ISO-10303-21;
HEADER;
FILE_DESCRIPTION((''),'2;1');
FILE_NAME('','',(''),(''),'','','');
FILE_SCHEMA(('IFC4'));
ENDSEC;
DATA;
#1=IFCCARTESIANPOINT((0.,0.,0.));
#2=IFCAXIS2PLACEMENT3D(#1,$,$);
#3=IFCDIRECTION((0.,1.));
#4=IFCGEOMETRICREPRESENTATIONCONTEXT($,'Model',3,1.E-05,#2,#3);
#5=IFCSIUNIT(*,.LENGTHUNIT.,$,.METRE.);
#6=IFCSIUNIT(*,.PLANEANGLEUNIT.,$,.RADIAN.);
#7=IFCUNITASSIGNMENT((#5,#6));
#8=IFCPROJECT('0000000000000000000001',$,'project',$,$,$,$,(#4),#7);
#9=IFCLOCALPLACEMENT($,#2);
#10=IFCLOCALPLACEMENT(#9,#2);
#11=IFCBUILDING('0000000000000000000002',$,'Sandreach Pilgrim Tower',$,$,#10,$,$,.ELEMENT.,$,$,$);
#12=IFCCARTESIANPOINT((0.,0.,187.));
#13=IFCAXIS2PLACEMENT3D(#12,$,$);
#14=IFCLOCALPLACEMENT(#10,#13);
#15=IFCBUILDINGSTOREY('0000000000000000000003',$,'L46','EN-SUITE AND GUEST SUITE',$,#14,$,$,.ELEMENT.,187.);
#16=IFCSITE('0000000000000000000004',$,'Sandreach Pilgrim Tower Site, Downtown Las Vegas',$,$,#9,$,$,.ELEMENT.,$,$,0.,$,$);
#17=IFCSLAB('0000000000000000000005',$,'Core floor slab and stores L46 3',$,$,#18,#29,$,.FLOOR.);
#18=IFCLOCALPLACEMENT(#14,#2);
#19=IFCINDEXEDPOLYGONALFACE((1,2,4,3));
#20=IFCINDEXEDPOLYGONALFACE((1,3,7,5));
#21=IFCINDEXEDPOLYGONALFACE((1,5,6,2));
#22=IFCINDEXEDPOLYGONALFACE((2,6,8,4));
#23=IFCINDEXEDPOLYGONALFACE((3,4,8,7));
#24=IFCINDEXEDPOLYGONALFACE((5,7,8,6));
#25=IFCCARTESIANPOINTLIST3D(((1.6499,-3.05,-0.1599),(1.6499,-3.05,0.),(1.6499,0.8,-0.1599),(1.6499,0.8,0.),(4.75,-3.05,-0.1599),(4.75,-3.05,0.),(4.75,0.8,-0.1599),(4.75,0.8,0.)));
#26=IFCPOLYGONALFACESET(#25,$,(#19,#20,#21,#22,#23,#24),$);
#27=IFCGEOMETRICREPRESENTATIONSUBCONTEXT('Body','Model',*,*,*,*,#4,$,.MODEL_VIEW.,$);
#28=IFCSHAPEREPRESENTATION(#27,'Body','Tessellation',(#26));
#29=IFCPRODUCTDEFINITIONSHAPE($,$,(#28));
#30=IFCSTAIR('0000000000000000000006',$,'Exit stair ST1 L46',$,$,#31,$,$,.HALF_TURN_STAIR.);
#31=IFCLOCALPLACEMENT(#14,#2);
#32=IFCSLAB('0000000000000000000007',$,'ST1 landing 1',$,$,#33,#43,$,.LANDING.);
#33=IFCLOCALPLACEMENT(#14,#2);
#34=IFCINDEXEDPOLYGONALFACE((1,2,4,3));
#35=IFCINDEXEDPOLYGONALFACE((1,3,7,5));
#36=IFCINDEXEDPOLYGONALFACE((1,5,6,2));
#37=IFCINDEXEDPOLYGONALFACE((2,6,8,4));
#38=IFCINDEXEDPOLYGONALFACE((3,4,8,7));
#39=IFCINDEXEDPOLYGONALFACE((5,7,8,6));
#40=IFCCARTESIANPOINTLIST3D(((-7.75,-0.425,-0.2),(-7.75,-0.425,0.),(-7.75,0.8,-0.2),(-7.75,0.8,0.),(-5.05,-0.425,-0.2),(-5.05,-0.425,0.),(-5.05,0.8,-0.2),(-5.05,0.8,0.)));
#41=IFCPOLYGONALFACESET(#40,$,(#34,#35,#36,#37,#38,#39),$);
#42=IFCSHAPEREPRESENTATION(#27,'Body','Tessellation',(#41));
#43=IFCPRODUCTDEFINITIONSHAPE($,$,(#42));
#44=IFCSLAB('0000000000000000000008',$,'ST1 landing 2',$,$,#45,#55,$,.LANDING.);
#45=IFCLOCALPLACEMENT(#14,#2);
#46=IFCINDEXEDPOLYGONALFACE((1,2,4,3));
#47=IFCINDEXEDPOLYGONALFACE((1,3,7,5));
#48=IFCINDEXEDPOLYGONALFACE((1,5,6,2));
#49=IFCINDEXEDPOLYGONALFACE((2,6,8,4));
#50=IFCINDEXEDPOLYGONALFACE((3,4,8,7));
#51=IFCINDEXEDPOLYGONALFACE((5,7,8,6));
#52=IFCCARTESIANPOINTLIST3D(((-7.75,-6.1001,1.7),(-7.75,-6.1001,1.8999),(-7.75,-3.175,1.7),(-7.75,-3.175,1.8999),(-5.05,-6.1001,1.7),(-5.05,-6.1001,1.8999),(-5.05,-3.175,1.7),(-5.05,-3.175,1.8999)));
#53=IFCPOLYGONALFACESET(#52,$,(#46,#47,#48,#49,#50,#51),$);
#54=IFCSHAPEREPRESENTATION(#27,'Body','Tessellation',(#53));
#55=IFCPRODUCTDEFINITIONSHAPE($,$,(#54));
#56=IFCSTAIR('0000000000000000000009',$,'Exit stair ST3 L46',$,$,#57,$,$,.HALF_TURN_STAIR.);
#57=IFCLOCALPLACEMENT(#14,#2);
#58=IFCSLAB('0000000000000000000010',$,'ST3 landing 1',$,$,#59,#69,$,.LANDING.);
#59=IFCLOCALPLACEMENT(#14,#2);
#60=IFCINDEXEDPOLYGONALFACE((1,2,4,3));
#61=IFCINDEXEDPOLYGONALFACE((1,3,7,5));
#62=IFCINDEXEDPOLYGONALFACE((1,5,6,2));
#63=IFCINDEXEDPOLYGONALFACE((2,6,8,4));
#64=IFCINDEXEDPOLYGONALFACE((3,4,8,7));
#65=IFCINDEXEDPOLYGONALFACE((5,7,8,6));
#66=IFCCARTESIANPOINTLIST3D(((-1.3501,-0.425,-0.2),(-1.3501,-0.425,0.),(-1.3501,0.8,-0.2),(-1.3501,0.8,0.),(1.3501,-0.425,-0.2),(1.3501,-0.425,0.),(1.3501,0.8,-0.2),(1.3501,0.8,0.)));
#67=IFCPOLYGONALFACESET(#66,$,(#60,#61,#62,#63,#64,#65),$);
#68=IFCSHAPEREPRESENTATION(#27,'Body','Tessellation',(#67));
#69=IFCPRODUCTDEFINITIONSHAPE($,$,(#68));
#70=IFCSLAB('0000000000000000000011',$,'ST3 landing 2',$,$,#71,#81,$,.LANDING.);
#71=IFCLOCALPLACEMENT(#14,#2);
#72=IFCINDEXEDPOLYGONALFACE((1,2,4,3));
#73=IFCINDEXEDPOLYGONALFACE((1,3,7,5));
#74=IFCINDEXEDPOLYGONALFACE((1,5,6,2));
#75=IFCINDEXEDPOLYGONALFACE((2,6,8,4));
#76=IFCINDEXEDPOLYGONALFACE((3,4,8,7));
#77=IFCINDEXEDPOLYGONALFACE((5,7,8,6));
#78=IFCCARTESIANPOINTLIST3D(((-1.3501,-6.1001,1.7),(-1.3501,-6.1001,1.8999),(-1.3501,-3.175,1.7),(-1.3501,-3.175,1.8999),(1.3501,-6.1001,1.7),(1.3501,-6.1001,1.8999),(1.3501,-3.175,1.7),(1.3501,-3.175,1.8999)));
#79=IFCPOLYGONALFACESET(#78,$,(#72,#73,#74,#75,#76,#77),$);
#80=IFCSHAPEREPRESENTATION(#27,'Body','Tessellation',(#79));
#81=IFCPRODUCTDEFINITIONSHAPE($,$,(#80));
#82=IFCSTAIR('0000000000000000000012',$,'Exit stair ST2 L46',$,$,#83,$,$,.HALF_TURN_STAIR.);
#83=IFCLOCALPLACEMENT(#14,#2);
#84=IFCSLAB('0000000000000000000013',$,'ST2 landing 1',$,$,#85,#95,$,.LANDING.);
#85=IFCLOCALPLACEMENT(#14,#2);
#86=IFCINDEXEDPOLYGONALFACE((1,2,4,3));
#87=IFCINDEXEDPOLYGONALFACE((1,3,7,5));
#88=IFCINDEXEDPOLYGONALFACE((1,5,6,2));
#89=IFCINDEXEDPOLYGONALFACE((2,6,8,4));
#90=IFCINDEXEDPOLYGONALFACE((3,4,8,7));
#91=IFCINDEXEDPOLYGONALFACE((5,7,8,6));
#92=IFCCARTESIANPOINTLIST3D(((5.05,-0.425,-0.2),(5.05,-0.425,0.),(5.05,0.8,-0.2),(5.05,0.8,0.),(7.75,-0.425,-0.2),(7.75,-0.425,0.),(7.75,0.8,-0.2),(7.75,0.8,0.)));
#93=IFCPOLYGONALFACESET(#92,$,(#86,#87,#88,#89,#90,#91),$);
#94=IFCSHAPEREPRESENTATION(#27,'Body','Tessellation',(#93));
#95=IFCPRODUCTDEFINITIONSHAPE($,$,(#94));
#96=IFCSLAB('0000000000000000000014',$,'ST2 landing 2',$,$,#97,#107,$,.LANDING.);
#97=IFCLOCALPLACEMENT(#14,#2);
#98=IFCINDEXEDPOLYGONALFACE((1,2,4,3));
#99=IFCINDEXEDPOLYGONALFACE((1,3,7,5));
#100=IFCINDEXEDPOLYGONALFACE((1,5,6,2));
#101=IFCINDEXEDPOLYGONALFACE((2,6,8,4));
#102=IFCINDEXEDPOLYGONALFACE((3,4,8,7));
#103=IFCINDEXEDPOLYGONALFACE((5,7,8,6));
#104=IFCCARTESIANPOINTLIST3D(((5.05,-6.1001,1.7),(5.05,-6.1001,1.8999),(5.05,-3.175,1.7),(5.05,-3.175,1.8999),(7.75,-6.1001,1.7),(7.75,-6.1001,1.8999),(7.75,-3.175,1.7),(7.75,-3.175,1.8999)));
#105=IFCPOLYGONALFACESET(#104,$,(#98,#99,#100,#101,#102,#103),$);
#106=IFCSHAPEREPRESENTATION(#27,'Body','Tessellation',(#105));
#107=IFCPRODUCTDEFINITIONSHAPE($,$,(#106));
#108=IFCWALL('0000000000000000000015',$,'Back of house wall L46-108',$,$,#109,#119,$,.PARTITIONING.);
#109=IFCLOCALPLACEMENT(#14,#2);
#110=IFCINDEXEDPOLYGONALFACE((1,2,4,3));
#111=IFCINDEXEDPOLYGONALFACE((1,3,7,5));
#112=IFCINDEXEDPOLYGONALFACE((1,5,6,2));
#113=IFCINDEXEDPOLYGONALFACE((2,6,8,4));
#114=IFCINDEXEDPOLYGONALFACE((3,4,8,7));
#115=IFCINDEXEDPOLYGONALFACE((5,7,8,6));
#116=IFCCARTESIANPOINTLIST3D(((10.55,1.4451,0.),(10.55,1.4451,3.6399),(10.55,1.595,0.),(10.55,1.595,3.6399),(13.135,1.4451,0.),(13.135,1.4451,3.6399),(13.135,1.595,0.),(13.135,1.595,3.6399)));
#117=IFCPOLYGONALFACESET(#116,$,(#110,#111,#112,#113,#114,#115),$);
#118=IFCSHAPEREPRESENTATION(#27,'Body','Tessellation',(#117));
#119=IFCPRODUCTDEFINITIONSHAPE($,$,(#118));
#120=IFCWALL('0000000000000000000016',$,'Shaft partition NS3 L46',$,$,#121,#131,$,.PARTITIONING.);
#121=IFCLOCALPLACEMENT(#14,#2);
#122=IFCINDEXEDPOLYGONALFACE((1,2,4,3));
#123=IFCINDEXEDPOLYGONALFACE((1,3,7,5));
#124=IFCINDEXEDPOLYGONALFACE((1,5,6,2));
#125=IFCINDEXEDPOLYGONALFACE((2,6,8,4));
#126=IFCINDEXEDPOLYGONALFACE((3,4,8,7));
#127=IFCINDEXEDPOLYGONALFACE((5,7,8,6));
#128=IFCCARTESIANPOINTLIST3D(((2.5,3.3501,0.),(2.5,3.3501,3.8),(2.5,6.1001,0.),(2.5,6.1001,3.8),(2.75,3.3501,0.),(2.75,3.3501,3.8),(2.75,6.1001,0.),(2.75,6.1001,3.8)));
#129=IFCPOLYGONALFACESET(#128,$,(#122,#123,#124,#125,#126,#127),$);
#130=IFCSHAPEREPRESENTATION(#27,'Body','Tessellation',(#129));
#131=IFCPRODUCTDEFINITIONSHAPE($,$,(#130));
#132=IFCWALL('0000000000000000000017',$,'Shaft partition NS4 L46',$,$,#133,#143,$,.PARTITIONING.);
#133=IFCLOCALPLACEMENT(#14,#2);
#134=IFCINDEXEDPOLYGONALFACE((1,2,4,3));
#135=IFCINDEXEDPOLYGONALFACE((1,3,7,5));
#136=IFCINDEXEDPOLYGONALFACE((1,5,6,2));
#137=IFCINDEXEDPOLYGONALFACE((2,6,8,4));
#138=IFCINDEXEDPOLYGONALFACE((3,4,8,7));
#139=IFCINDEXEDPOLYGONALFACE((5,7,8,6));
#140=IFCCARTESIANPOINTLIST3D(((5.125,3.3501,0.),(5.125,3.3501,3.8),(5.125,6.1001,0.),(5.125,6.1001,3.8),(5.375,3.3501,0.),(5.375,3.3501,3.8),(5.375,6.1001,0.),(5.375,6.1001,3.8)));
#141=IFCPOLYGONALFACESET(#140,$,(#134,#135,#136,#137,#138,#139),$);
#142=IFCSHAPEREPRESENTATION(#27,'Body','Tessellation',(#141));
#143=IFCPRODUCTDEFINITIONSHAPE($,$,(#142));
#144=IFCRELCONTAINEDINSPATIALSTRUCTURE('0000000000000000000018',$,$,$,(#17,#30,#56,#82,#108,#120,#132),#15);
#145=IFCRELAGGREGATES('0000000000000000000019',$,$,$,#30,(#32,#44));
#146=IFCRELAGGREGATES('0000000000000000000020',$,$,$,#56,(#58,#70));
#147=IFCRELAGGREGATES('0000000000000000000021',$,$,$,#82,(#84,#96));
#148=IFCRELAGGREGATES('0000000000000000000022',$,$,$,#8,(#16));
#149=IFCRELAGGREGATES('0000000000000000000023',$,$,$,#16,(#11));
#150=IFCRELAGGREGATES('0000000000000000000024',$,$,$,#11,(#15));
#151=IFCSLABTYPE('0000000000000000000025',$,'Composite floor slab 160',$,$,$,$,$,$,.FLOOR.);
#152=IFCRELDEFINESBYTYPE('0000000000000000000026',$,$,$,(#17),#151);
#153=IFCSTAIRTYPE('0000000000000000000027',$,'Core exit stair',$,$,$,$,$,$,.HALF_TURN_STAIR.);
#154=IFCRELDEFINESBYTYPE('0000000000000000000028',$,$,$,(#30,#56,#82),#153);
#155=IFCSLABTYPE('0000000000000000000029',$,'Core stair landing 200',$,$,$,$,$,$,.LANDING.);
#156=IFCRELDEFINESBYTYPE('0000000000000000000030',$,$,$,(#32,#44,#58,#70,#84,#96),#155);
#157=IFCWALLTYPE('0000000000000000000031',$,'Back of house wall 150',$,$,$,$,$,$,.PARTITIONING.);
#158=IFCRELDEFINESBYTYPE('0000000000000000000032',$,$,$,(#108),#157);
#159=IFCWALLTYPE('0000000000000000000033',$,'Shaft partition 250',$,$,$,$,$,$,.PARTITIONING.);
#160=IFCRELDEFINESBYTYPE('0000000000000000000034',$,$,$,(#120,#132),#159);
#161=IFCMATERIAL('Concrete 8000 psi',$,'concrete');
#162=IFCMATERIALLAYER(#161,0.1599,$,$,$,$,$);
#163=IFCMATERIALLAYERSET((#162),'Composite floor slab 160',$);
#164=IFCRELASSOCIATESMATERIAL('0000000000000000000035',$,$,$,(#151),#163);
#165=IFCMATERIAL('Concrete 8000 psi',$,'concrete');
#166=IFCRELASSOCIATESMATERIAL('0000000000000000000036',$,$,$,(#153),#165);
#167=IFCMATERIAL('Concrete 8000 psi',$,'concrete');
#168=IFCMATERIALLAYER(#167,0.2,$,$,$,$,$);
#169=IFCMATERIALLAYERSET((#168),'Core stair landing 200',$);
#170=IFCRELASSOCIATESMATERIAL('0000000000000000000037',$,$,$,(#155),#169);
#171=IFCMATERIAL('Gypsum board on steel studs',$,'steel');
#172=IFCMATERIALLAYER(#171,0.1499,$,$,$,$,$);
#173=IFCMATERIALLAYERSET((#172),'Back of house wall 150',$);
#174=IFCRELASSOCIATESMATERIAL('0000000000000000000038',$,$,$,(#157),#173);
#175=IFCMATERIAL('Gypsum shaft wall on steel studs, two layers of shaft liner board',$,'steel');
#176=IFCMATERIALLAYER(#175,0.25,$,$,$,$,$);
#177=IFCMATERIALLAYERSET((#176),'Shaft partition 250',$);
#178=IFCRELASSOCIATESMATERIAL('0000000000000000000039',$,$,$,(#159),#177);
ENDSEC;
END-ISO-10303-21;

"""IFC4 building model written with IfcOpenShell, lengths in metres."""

from ifc_helpers import new_model, si_unit, direction, frame, frame_2d, origin, place, context, subcontext, project, spatial, polyline, rectangle, outline, extrude, material, layer, layer_set, type_object, element, aggregate, save


model = new_model("IFC4")

# Units and contexts
model_context = context("Model", 3, precision=1e-05, world=origin(), true_north=direction((0.0, 1.0)))
body_context = subcontext(model_context, "Body", "Model", "MODEL_VIEW")
ifc_project = project(units=[si_unit("LENGTHUNIT", "METRE"), si_unit("PLANEANGLEUNIT", "RADIAN")], contexts=[model_context])

# Site, building, storey
site_placement = place(None, origin())
site = spatial("IfcSite", under=ifc_project, at=site_placement, Name="Sandreach Pilgrim Tower Site, Downtown Las Vegas", CompositionType="ELEMENT", RefElevation=0.0)
building_placement = place(site_placement, origin())
building = spatial("IfcBuilding", under=site, at=building_placement, Name="Sandreach Pilgrim Tower", CompositionType="ELEMENT")
storey_placement = place(building_placement, frame((0.0, 0.0, 187.0)))
storey = spatial("IfcBuildingStorey", under=building, at=storey_placement, Name="L46", Description="EN-SUITE AND GUEST SUITE", CompositionType="ELEMENT", Elevation=187.0)

# Slab
ifc_material_1 = material(Name="Concrete 8000 psi", Category="concrete")
ifc_layer_1 = layer(ifc_material_1, 0.1599)
ifc_layer_set_1 = layer_set([ifc_layer_1], Name="Composite floor slab 160")
slab_type_1 = type_object("IfcSlabType", Name="Composite floor slab 160", PredefinedType="FLOOR", material=ifc_layer_set_1)
slab_1_placement = place(storey_placement, frame((0.0, 0.0, -0.1599)))
element("IfcSlab", 1, at=slab_1_placement, inside=storey, type_object=slab_type_1, Name="Core floor slab and stores L46 3", PredefinedType="FLOOR", context=body_context, shape_type="SweptSolid", body=[
    extrude(outline(polyline([(4.75, -3.05), (1.6499, -3.05), (1.6499, 0.8), (4.75, 0.8), (4.75, -3.05)])), origin(), (0.0, 0.0, 1.0), 0.1599),
])

# Stairs, slabs
ifc_material_2 = material(Name="Concrete 8000 psi", Category="concrete")
stair_type = type_object("IfcStairType", Name="Core exit stair", PredefinedType="HALF_TURN_STAIR", material=ifc_material_2)
stair_1_placement = place(storey_placement, origin())
stair_1 = element("IfcStair", 2, at=stair_1_placement, inside=storey, type_object=stair_type, Name="Exit stair ST1 L46", PredefinedType="HALF_TURN_STAIR")
ifc_material_3 = material(Name="Concrete 8000 psi", Category="concrete")
ifc_layer_2 = layer(ifc_material_3, 0.2)
ifc_layer_set_2 = layer_set([ifc_layer_2], Name="Core stair landing 200")
slab_type_2 = type_object("IfcSlabType", Name="Core stair landing 200", PredefinedType="LANDING", material=ifc_layer_set_2)
slab_2_placement = place(storey_placement, frame((0.0, 0.0, -0.2)))
slab_2 = element("IfcSlab", 3, at=slab_2_placement, type_object=slab_type_2, Name="ST1 landing 1", PredefinedType="LANDING", context=body_context, shape_type="SweptSolid", body=[
    extrude(outline(polyline([(-7.75, -0.425), (-5.05, -0.425), (-5.05, 0.8), (-7.75, 0.8), (-7.75, -0.425)])), origin(), (0.0, 0.0, 1.0), 0.2),
])
slab_3_placement = place(storey_placement, frame((0.0, 0.0, 1.7)))
slab_3 = element("IfcSlab", 4, at=slab_3_placement, type_object=slab_type_2, Name="ST1 landing 2", PredefinedType="LANDING", context=body_context, shape_type="SweptSolid", body=[
    extrude(outline(polyline([(-7.75, -6.1001), (-5.05, -6.1001), (-5.05, -3.175), (-7.75, -3.175), (-7.75, -6.1001)])), origin(), (0.0, 0.0, 1.0), 0.2),
])
aggregate(stair_1, [slab_2, slab_3])
stair_2_placement = place(storey_placement, origin())
stair_2 = element("IfcStair", 5, at=stair_2_placement, inside=storey, type_object=stair_type, Name="Exit stair ST3 L46", PredefinedType="HALF_TURN_STAIR")
slab_4_placement = place(storey_placement, frame((0.0, 0.0, -0.2)))
slab_4 = element("IfcSlab", 6, at=slab_4_placement, type_object=slab_type_2, Name="ST3 landing 1", PredefinedType="LANDING", context=body_context, shape_type="SweptSolid", body=[
    extrude(outline(polyline([(-1.3501, -0.425), (1.3501, -0.425), (1.3501, 0.8), (-1.3501, 0.8), (-1.3501, -0.425)])), origin(), (0.0, 0.0, 1.0), 0.2),
])
slab_5_placement = place(storey_placement, frame((0.0, 0.0, 1.7)))
slab_5 = element("IfcSlab", 7, at=slab_5_placement, type_object=slab_type_2, Name="ST3 landing 2", PredefinedType="LANDING", context=body_context, shape_type="SweptSolid", body=[
    extrude(outline(polyline([(-1.3501, -6.1001), (1.3501, -6.1001), (1.3501, -3.175), (-1.3501, -3.175), (-1.3501, -6.1001)])), origin(), (0.0, 0.0, 1.0), 0.2),
])
aggregate(stair_2, [slab_4, slab_5])
stair_3_placement = place(storey_placement, origin())
stair_3 = element("IfcStair", 8, at=stair_3_placement, inside=storey, type_object=stair_type, Name="Exit stair ST2 L46", PredefinedType="HALF_TURN_STAIR")
slab_6_placement = place(storey_placement, frame((0.0, 0.0, -0.2)))
slab_6 = element("IfcSlab", 9, at=slab_6_placement, type_object=slab_type_2, Name="ST2 landing 1", PredefinedType="LANDING", context=body_context, shape_type="SweptSolid", body=[
    extrude(outline(polyline([(5.05, -0.425), (7.75, -0.425), (7.75, 0.8), (5.05, 0.8), (5.05, -0.425)])), origin(), (0.0, 0.0, 1.0), 0.2),
])
slab_7_placement = place(storey_placement, frame((0.0, 0.0, 1.7)))
slab_7 = element("IfcSlab", 10, at=slab_7_placement, type_object=slab_type_2, Name="ST2 landing 2", PredefinedType="LANDING", context=body_context, shape_type="SweptSolid", body=[
    extrude(outline(polyline([(5.05, -6.1001), (7.75, -6.1001), (7.75, -3.175), (5.05, -3.175), (5.05, -6.1001)])), origin(), (0.0, 0.0, 1.0), 0.2),
])
aggregate(stair_3, [slab_6, slab_7])

# Wall
ifc_material_4 = material(Name="Gypsum board on steel studs", Category="steel")
ifc_layer_3 = layer(ifc_material_4, 0.1499)
ifc_layer_set_3 = layer_set([ifc_layer_3], Name="Back of house wall 150")
wall_type_1 = type_object("IfcWallType", Name="Back of house wall 150", PredefinedType="PARTITIONING", material=ifc_layer_set_3)
wall_1_placement = place(storey_placement, frame((10.55, 1.52, 0.0), z_axis=(0.0, 0.0, 1.0), x_axis=(1.0, 0.0, 0.0)))
element("IfcWall", 11, at=wall_1_placement, inside=storey, type_object=wall_type_1, Name="Back of house wall L46-108", PredefinedType="PARTITIONING", context=body_context, shape_type="SweptSolid", body=[
    extrude(rectangle(XDim=2.585, YDim=0.1499, at=frame_2d((1.2925, 0.0))), origin(), (0.0, 0.0, 1.0), 3.6399),
])

# Walls
ifc_material_5 = material(Name="Gypsum shaft wall on steel studs, two layers of shaft liner board", Category="steel")
ifc_layer_4 = layer(ifc_material_5, 0.25)
ifc_layer_set_4 = layer_set([ifc_layer_4], Name="Shaft partition 250")
wall_type_2 = type_object("IfcWallType", Name="Shaft partition 250", PredefinedType="PARTITIONING", material=ifc_layer_set_4)
for number, where, z_axis, x_axis, name in (
    (12, (2.625, 3.3501, 0.0), (0.0, 0.0, 1.0), (0.0, 1.0, 0.0), "Shaft partition NS3 L46"),
    (13, (5.25, 3.3501, 0.0), (0.0, 0.0, 1.0), (0.0, 1.0, 0.0), "Shaft partition NS4 L46"),
):
    element("IfcWall", number, at=place(storey_placement, frame(where, z_axis=z_axis, x_axis=x_axis)), inside=storey, type_object=wall_type_2, Name=name, PredefinedType="PARTITIONING", context=body_context, shape_type="SweptSolid", body=[
        extrude(rectangle(XDim=2.75, YDim=0.25, at=frame_2d((1.375, 0.0))), origin(), (0.0, 0.0, 1.0), 3.8),
    ])

save(model, "model.ifc")
